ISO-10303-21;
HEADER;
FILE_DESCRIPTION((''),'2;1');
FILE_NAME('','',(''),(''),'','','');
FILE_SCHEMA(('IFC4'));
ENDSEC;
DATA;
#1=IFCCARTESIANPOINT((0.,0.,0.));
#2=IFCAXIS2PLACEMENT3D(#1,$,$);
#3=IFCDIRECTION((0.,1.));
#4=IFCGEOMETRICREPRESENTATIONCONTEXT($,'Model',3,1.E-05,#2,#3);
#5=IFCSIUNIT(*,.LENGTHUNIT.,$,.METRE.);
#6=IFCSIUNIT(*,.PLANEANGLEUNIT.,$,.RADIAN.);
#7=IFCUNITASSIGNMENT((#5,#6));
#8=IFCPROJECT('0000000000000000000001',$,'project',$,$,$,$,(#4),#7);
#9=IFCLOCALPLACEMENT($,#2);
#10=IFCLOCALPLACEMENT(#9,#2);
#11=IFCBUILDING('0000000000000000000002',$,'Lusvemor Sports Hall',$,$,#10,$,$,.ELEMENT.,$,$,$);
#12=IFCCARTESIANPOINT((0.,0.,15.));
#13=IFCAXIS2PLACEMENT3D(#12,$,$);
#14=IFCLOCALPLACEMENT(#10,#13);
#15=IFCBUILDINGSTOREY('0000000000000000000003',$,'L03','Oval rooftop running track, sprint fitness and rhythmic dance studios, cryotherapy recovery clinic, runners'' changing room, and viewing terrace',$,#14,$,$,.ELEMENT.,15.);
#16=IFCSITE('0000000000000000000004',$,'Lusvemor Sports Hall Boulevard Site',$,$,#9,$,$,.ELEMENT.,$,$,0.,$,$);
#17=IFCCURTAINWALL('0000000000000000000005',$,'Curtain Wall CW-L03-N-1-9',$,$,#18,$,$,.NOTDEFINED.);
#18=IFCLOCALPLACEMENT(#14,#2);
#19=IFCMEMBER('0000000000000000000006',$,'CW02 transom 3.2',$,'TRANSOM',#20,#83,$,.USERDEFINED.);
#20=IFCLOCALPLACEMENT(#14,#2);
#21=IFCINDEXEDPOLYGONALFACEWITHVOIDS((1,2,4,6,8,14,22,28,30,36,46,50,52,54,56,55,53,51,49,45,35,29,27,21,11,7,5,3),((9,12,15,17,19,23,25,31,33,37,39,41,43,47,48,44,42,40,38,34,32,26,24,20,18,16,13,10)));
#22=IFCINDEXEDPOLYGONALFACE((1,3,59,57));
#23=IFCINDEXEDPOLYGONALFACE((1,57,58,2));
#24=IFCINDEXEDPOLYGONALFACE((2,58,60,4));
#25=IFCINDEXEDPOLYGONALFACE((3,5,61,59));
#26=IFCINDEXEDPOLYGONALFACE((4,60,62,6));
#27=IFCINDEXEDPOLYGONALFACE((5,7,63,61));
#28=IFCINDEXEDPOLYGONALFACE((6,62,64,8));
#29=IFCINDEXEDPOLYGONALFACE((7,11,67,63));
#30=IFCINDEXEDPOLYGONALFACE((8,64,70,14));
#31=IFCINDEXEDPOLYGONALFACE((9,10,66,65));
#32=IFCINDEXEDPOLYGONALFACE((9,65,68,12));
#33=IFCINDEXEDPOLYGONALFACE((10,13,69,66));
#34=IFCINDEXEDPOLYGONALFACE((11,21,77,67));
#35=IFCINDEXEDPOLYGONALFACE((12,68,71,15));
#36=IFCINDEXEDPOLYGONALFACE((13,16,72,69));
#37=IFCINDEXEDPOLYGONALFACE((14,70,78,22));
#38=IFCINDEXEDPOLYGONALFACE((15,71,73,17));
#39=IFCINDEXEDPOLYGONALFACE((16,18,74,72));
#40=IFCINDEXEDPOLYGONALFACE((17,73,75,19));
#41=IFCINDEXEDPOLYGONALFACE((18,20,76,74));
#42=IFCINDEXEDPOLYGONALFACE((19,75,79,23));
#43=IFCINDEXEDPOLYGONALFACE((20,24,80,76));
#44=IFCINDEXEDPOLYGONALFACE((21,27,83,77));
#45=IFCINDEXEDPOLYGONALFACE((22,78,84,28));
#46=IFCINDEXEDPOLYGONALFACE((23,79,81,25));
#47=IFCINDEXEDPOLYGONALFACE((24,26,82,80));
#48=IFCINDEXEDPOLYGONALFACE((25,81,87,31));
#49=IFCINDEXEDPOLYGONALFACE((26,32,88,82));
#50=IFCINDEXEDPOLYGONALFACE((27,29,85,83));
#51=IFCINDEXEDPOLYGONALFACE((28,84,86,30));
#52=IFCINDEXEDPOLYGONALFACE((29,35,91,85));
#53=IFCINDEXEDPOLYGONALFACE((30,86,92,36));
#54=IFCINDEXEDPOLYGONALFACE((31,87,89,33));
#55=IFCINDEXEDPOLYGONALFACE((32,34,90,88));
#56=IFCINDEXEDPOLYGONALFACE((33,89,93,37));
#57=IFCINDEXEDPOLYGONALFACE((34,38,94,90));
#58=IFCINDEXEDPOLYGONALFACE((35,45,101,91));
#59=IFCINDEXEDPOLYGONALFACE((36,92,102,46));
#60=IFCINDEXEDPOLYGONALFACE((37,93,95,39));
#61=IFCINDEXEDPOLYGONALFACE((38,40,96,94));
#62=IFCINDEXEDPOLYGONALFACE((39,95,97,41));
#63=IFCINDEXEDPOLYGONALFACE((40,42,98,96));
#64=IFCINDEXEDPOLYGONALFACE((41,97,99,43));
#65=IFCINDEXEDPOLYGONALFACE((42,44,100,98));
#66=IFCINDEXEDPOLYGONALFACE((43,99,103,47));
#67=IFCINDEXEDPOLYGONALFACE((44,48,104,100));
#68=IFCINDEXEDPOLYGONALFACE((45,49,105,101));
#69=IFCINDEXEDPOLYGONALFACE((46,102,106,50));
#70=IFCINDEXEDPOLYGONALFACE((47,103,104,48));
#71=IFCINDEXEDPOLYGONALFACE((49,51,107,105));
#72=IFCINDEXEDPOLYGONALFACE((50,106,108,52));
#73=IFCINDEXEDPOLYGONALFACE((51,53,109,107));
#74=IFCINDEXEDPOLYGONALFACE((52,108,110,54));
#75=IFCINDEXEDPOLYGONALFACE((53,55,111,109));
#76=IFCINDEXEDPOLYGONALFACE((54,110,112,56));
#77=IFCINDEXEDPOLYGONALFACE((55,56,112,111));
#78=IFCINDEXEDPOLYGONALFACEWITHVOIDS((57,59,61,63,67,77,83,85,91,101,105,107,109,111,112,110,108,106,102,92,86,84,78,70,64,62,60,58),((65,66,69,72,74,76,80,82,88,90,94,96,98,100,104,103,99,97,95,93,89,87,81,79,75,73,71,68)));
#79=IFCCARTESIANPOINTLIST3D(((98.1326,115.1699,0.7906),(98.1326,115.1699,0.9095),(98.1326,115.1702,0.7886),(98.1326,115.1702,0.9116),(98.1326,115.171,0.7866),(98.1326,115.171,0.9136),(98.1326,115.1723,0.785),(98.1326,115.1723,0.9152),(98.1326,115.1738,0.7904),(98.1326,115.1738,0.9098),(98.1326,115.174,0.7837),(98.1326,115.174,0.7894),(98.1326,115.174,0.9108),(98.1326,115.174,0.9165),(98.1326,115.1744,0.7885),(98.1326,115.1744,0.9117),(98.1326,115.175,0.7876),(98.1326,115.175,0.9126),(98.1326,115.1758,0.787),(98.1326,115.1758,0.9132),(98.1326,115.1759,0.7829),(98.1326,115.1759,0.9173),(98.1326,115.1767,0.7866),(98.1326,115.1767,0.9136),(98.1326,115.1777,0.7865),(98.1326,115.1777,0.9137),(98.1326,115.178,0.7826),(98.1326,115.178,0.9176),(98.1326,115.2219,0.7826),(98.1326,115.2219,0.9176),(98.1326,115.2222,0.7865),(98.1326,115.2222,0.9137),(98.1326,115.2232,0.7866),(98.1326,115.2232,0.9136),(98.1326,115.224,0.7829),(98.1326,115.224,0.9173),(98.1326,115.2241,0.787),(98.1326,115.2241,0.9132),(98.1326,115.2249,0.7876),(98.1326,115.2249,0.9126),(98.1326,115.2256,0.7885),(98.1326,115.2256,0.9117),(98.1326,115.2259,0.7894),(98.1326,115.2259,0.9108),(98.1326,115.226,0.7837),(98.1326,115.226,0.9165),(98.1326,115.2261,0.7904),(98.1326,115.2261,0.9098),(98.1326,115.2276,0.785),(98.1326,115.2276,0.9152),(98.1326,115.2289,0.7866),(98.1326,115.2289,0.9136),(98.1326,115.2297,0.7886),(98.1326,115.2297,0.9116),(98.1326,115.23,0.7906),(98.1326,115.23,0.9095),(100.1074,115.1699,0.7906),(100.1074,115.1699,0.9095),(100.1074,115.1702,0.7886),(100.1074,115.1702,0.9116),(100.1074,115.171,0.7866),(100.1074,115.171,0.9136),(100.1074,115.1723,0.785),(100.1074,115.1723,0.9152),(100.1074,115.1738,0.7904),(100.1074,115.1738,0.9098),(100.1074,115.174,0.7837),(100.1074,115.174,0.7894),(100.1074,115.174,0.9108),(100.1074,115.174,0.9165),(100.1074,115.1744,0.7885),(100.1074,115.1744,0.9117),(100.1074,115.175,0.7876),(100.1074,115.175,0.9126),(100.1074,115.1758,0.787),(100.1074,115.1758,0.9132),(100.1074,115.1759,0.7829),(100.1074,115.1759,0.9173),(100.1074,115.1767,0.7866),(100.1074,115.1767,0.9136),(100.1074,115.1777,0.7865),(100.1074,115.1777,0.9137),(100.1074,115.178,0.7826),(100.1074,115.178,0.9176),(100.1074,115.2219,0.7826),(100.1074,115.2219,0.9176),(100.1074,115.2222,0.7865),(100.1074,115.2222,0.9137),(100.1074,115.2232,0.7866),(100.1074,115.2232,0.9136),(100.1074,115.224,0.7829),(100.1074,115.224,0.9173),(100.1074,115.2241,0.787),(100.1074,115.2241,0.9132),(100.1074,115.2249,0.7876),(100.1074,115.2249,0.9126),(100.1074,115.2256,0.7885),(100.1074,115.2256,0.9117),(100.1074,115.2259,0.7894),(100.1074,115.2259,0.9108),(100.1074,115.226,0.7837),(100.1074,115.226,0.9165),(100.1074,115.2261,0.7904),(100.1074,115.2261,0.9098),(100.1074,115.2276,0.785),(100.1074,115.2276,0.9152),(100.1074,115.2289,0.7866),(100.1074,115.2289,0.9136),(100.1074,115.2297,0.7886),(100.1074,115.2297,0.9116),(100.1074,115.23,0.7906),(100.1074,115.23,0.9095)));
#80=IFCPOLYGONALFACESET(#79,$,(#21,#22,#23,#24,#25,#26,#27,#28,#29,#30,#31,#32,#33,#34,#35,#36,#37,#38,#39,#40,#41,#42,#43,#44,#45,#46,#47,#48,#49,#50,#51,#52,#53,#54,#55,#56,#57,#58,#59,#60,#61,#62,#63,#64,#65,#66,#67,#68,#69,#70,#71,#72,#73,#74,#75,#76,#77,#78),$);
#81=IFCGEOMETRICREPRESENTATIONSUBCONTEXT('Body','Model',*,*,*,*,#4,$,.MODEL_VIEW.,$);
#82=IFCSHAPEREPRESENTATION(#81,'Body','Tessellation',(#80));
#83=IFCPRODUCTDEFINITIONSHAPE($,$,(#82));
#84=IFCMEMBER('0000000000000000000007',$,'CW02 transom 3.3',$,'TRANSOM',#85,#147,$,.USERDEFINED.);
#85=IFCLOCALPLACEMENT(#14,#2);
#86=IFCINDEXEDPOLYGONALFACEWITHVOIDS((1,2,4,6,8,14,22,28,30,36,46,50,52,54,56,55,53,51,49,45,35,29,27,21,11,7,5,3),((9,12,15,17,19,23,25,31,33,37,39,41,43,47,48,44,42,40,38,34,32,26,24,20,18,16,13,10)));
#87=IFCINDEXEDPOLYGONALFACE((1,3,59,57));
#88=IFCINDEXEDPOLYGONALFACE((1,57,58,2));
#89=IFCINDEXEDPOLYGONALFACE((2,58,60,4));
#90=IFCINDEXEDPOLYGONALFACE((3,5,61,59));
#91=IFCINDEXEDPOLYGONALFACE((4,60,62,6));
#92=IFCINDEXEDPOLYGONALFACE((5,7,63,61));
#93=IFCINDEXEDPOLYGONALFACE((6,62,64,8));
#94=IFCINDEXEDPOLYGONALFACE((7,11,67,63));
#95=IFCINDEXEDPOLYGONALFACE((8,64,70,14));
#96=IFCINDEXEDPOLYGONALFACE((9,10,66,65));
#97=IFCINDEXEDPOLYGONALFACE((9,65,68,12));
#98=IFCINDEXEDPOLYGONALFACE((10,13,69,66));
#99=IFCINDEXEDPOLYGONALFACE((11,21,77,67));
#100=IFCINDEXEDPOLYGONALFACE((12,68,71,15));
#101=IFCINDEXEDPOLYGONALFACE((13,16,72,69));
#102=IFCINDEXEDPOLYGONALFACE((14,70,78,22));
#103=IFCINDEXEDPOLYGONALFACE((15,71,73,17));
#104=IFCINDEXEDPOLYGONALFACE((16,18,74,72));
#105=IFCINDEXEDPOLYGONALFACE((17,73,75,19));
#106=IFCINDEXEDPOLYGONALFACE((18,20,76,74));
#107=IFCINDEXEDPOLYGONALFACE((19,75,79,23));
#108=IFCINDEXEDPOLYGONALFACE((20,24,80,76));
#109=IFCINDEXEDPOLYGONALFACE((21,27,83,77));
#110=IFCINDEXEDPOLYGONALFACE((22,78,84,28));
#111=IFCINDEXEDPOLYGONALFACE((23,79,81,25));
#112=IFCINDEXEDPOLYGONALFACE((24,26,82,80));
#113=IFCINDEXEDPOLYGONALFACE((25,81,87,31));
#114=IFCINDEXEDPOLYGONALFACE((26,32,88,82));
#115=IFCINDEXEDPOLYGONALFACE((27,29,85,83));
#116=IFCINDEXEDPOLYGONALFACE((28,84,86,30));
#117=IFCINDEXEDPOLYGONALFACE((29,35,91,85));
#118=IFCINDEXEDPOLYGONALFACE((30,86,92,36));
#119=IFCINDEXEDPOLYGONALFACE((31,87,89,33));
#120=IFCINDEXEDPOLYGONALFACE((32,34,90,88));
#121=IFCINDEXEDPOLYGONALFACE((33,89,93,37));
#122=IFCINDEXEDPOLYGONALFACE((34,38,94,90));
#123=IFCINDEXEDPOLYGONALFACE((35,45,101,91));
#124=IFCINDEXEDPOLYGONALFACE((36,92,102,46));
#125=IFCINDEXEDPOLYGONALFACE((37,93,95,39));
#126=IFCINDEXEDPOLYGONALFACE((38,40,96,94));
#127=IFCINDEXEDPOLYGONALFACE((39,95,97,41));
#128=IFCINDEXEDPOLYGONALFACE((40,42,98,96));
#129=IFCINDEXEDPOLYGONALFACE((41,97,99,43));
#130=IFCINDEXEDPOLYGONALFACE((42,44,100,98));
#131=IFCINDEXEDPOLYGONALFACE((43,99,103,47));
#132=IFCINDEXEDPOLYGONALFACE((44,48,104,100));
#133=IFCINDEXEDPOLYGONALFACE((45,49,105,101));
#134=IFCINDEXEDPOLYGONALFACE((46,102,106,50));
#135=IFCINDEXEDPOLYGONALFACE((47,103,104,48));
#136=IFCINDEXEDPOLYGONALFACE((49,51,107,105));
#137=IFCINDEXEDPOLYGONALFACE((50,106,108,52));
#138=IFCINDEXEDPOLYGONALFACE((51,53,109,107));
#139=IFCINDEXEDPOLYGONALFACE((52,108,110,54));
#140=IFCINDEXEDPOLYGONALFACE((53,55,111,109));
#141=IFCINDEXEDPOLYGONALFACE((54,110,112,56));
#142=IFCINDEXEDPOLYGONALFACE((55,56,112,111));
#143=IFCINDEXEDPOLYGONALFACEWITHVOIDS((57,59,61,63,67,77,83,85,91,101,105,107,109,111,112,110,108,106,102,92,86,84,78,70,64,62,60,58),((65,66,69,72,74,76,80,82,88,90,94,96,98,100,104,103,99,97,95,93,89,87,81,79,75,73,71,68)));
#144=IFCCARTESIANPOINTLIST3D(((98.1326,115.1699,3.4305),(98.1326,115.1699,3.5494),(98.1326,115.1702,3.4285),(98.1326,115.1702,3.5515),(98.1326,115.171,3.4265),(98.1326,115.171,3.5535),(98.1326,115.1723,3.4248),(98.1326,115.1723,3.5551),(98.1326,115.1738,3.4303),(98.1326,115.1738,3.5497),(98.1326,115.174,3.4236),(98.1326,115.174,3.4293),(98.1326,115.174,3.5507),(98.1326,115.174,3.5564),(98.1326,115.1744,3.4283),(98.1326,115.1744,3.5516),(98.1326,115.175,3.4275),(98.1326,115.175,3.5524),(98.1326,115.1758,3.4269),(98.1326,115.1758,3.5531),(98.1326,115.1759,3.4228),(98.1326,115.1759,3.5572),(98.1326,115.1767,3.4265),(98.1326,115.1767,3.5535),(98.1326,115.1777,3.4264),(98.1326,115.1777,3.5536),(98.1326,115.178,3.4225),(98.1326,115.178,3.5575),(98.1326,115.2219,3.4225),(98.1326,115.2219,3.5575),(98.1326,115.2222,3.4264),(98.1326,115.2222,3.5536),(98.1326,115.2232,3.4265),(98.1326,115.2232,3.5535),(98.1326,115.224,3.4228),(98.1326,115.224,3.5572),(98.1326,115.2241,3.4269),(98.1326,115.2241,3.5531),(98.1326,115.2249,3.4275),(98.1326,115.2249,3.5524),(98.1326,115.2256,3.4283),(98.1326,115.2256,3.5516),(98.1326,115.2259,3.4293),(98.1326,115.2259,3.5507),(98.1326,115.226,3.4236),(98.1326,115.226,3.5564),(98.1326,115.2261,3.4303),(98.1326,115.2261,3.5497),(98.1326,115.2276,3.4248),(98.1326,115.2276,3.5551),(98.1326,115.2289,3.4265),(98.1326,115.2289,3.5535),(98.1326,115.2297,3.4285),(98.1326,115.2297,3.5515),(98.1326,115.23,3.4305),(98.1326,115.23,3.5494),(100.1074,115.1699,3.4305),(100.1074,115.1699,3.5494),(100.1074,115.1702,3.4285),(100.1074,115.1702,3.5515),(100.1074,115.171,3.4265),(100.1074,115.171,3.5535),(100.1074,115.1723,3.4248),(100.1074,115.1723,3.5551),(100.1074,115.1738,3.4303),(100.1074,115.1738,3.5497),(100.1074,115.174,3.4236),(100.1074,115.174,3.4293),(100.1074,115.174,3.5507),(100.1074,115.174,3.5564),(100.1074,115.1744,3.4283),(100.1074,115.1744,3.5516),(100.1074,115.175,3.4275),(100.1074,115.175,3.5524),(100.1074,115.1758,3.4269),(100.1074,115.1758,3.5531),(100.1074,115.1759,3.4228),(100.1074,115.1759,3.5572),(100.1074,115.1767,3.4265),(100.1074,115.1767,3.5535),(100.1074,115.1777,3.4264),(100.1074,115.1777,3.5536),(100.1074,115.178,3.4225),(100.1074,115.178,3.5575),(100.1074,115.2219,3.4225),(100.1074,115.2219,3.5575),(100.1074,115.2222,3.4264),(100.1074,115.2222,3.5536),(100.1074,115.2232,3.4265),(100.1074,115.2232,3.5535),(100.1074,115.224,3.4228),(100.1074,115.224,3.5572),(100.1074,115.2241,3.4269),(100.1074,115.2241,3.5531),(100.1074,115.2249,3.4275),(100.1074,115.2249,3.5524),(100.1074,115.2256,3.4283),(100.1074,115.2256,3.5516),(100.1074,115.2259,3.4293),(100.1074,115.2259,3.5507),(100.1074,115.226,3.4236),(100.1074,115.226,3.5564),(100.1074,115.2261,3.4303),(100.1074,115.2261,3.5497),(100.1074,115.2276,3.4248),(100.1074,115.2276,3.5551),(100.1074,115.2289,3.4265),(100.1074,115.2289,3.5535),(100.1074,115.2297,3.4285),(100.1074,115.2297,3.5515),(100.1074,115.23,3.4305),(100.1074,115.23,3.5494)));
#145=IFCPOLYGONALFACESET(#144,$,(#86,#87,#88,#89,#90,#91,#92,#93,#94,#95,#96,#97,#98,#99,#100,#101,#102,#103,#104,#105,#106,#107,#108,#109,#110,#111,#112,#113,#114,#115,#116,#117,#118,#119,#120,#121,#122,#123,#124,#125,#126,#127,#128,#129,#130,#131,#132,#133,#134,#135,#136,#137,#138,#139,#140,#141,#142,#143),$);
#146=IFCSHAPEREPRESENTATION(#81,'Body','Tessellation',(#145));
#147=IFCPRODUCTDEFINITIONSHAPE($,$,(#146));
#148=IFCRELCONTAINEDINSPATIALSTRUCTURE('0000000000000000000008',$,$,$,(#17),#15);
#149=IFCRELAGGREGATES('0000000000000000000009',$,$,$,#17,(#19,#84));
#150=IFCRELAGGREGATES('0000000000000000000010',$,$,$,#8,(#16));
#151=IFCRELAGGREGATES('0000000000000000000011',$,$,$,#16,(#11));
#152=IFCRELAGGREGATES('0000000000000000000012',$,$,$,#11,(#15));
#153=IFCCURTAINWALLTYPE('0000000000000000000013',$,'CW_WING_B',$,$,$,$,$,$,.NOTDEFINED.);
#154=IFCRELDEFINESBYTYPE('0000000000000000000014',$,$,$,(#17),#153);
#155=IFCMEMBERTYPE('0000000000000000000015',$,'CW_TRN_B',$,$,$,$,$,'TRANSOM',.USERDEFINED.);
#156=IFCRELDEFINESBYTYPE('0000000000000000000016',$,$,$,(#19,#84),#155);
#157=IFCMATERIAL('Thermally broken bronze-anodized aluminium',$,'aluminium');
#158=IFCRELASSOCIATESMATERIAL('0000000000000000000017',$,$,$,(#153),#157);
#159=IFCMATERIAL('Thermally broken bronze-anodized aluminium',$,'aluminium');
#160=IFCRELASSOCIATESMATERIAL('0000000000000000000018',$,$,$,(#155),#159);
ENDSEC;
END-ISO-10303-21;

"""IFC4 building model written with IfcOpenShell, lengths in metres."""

from ifc_helpers import new_model, si_unit, direction, frame, origin, origin_2d, place, context, subcontext, project, spatial, hollow_rectangle, extrude, material, material_profile, profile_set, type_object, element, aggregate, save


model = new_model("IFC4")

# Units and contexts
model_context = context("Model", 3, precision=1e-05, world=origin(), true_north=direction((0.0, 1.0)))
body_context = subcontext(model_context, "Body", "Model", "MODEL_VIEW")
ifc_project = project(units=[si_unit("LENGTHUNIT", "METRE"), si_unit("PLANEANGLEUNIT", "RADIAN")], contexts=[model_context])

# Site, building, storey
site_placement = place(None, origin())
site = spatial("IfcSite", under=ifc_project, at=site_placement, Name="Lusvemor Sports Hall Boulevard Site", CompositionType="ELEMENT", RefElevation=0.0)
building_placement = place(site_placement, origin())
building = spatial("IfcBuilding", under=site, at=building_placement, Name="Lusvemor Sports Hall", CompositionType="ELEMENT")
storey_placement = place(building_placement, frame((0.0, 0.0, 15.0)))
storey = spatial("IfcBuildingStorey", under=building, at=storey_placement, Name="L03", Description="Oval rooftop running track, sprint fitness and rhythmic dance studios, cryotherapy recovery clinic, runners' changing room, and viewing terrace", CompositionType="ELEMENT", Elevation=15.0)

# Curtain wall, members
ifc_material_1 = material(Name="Thermally broken bronze-anodized aluminium", Category="aluminium")
curtain_wall_type = type_object("IfcCurtainWallType", Name="CW_WING_B", PredefinedType="NOTDEFINED", material=ifc_material_1)
curtain_wall_placement = place(storey_placement, origin())
curtain_wall = element("IfcCurtainWall", 1, at=curtain_wall_placement, inside=storey, type_object=curtain_wall_type, Name="Curtain Wall CW-L03-N-1-9", PredefinedType="NOTDEFINED")
ifc_material_2 = material(Name="Thermally broken bronze-anodized aluminium", Category="aluminium")
ifc_material_profile_1 = material_profile(ifc_material_2, hollow_rectangle(XDim=0.0601, YDim=0.135, WallThickness=0.0039, InnerFilletRadius=0.0039, OuterFilletRadius=0.0081, at=origin_2d()), Name="CWTRN135x60x4")
ifc_profile_set_1 = profile_set([ifc_material_profile_1], Name="Thermally broken bronze-anodized aluminium")
member_type_1 = type_object("IfcMemberType", Name="CW_TRN_B", ElementType="TRANSOM", PredefinedType="USERDEFINED", material=ifc_profile_set_1)
member_1_placement = place(storey_placement, frame((98.1326, 115.2, 0.8501), z_axis=(1.0, 0.0, 0.0), x_axis=(0.0, 1.0, 0.0)))
member_1 = element("IfcMember", 2, at=member_1_placement, type_object=member_type_1, Name="CW02 transom 3.2", ObjectType="TRANSOM", PredefinedType="USERDEFINED", context=body_context, shape_type="SweptSolid", body=[
    extrude(hollow_rectangle(XDim=0.0601, YDim=0.135, WallThickness=0.0039, InnerFilletRadius=0.0039, OuterFilletRadius=0.0081, at=origin_2d()), origin(), (0.0, 0.0, 1.0), 1.9749),
])
member_2_placement = place(storey_placement, frame((98.1326, 115.2, 3.49), z_axis=(1.0, 0.0, 0.0), x_axis=(0.0, 1.0, 0.0)))
member_2 = element("IfcMember", 3, at=member_2_placement, type_object=member_type_1, Name="CW02 transom 3.3", ObjectType="TRANSOM", PredefinedType="USERDEFINED", context=body_context, shape_type="SweptSolid", body=[
    extrude(hollow_rectangle(XDim=0.0601, YDim=0.135, WallThickness=0.0039, InnerFilletRadius=0.0039, OuterFilletRadius=0.0081, at=origin_2d()), origin(), (0.0, 0.0, 1.0), 1.9749),
])

aggregate(curtain_wall, [member_1, member_2])

save(model, "model.ifc")
